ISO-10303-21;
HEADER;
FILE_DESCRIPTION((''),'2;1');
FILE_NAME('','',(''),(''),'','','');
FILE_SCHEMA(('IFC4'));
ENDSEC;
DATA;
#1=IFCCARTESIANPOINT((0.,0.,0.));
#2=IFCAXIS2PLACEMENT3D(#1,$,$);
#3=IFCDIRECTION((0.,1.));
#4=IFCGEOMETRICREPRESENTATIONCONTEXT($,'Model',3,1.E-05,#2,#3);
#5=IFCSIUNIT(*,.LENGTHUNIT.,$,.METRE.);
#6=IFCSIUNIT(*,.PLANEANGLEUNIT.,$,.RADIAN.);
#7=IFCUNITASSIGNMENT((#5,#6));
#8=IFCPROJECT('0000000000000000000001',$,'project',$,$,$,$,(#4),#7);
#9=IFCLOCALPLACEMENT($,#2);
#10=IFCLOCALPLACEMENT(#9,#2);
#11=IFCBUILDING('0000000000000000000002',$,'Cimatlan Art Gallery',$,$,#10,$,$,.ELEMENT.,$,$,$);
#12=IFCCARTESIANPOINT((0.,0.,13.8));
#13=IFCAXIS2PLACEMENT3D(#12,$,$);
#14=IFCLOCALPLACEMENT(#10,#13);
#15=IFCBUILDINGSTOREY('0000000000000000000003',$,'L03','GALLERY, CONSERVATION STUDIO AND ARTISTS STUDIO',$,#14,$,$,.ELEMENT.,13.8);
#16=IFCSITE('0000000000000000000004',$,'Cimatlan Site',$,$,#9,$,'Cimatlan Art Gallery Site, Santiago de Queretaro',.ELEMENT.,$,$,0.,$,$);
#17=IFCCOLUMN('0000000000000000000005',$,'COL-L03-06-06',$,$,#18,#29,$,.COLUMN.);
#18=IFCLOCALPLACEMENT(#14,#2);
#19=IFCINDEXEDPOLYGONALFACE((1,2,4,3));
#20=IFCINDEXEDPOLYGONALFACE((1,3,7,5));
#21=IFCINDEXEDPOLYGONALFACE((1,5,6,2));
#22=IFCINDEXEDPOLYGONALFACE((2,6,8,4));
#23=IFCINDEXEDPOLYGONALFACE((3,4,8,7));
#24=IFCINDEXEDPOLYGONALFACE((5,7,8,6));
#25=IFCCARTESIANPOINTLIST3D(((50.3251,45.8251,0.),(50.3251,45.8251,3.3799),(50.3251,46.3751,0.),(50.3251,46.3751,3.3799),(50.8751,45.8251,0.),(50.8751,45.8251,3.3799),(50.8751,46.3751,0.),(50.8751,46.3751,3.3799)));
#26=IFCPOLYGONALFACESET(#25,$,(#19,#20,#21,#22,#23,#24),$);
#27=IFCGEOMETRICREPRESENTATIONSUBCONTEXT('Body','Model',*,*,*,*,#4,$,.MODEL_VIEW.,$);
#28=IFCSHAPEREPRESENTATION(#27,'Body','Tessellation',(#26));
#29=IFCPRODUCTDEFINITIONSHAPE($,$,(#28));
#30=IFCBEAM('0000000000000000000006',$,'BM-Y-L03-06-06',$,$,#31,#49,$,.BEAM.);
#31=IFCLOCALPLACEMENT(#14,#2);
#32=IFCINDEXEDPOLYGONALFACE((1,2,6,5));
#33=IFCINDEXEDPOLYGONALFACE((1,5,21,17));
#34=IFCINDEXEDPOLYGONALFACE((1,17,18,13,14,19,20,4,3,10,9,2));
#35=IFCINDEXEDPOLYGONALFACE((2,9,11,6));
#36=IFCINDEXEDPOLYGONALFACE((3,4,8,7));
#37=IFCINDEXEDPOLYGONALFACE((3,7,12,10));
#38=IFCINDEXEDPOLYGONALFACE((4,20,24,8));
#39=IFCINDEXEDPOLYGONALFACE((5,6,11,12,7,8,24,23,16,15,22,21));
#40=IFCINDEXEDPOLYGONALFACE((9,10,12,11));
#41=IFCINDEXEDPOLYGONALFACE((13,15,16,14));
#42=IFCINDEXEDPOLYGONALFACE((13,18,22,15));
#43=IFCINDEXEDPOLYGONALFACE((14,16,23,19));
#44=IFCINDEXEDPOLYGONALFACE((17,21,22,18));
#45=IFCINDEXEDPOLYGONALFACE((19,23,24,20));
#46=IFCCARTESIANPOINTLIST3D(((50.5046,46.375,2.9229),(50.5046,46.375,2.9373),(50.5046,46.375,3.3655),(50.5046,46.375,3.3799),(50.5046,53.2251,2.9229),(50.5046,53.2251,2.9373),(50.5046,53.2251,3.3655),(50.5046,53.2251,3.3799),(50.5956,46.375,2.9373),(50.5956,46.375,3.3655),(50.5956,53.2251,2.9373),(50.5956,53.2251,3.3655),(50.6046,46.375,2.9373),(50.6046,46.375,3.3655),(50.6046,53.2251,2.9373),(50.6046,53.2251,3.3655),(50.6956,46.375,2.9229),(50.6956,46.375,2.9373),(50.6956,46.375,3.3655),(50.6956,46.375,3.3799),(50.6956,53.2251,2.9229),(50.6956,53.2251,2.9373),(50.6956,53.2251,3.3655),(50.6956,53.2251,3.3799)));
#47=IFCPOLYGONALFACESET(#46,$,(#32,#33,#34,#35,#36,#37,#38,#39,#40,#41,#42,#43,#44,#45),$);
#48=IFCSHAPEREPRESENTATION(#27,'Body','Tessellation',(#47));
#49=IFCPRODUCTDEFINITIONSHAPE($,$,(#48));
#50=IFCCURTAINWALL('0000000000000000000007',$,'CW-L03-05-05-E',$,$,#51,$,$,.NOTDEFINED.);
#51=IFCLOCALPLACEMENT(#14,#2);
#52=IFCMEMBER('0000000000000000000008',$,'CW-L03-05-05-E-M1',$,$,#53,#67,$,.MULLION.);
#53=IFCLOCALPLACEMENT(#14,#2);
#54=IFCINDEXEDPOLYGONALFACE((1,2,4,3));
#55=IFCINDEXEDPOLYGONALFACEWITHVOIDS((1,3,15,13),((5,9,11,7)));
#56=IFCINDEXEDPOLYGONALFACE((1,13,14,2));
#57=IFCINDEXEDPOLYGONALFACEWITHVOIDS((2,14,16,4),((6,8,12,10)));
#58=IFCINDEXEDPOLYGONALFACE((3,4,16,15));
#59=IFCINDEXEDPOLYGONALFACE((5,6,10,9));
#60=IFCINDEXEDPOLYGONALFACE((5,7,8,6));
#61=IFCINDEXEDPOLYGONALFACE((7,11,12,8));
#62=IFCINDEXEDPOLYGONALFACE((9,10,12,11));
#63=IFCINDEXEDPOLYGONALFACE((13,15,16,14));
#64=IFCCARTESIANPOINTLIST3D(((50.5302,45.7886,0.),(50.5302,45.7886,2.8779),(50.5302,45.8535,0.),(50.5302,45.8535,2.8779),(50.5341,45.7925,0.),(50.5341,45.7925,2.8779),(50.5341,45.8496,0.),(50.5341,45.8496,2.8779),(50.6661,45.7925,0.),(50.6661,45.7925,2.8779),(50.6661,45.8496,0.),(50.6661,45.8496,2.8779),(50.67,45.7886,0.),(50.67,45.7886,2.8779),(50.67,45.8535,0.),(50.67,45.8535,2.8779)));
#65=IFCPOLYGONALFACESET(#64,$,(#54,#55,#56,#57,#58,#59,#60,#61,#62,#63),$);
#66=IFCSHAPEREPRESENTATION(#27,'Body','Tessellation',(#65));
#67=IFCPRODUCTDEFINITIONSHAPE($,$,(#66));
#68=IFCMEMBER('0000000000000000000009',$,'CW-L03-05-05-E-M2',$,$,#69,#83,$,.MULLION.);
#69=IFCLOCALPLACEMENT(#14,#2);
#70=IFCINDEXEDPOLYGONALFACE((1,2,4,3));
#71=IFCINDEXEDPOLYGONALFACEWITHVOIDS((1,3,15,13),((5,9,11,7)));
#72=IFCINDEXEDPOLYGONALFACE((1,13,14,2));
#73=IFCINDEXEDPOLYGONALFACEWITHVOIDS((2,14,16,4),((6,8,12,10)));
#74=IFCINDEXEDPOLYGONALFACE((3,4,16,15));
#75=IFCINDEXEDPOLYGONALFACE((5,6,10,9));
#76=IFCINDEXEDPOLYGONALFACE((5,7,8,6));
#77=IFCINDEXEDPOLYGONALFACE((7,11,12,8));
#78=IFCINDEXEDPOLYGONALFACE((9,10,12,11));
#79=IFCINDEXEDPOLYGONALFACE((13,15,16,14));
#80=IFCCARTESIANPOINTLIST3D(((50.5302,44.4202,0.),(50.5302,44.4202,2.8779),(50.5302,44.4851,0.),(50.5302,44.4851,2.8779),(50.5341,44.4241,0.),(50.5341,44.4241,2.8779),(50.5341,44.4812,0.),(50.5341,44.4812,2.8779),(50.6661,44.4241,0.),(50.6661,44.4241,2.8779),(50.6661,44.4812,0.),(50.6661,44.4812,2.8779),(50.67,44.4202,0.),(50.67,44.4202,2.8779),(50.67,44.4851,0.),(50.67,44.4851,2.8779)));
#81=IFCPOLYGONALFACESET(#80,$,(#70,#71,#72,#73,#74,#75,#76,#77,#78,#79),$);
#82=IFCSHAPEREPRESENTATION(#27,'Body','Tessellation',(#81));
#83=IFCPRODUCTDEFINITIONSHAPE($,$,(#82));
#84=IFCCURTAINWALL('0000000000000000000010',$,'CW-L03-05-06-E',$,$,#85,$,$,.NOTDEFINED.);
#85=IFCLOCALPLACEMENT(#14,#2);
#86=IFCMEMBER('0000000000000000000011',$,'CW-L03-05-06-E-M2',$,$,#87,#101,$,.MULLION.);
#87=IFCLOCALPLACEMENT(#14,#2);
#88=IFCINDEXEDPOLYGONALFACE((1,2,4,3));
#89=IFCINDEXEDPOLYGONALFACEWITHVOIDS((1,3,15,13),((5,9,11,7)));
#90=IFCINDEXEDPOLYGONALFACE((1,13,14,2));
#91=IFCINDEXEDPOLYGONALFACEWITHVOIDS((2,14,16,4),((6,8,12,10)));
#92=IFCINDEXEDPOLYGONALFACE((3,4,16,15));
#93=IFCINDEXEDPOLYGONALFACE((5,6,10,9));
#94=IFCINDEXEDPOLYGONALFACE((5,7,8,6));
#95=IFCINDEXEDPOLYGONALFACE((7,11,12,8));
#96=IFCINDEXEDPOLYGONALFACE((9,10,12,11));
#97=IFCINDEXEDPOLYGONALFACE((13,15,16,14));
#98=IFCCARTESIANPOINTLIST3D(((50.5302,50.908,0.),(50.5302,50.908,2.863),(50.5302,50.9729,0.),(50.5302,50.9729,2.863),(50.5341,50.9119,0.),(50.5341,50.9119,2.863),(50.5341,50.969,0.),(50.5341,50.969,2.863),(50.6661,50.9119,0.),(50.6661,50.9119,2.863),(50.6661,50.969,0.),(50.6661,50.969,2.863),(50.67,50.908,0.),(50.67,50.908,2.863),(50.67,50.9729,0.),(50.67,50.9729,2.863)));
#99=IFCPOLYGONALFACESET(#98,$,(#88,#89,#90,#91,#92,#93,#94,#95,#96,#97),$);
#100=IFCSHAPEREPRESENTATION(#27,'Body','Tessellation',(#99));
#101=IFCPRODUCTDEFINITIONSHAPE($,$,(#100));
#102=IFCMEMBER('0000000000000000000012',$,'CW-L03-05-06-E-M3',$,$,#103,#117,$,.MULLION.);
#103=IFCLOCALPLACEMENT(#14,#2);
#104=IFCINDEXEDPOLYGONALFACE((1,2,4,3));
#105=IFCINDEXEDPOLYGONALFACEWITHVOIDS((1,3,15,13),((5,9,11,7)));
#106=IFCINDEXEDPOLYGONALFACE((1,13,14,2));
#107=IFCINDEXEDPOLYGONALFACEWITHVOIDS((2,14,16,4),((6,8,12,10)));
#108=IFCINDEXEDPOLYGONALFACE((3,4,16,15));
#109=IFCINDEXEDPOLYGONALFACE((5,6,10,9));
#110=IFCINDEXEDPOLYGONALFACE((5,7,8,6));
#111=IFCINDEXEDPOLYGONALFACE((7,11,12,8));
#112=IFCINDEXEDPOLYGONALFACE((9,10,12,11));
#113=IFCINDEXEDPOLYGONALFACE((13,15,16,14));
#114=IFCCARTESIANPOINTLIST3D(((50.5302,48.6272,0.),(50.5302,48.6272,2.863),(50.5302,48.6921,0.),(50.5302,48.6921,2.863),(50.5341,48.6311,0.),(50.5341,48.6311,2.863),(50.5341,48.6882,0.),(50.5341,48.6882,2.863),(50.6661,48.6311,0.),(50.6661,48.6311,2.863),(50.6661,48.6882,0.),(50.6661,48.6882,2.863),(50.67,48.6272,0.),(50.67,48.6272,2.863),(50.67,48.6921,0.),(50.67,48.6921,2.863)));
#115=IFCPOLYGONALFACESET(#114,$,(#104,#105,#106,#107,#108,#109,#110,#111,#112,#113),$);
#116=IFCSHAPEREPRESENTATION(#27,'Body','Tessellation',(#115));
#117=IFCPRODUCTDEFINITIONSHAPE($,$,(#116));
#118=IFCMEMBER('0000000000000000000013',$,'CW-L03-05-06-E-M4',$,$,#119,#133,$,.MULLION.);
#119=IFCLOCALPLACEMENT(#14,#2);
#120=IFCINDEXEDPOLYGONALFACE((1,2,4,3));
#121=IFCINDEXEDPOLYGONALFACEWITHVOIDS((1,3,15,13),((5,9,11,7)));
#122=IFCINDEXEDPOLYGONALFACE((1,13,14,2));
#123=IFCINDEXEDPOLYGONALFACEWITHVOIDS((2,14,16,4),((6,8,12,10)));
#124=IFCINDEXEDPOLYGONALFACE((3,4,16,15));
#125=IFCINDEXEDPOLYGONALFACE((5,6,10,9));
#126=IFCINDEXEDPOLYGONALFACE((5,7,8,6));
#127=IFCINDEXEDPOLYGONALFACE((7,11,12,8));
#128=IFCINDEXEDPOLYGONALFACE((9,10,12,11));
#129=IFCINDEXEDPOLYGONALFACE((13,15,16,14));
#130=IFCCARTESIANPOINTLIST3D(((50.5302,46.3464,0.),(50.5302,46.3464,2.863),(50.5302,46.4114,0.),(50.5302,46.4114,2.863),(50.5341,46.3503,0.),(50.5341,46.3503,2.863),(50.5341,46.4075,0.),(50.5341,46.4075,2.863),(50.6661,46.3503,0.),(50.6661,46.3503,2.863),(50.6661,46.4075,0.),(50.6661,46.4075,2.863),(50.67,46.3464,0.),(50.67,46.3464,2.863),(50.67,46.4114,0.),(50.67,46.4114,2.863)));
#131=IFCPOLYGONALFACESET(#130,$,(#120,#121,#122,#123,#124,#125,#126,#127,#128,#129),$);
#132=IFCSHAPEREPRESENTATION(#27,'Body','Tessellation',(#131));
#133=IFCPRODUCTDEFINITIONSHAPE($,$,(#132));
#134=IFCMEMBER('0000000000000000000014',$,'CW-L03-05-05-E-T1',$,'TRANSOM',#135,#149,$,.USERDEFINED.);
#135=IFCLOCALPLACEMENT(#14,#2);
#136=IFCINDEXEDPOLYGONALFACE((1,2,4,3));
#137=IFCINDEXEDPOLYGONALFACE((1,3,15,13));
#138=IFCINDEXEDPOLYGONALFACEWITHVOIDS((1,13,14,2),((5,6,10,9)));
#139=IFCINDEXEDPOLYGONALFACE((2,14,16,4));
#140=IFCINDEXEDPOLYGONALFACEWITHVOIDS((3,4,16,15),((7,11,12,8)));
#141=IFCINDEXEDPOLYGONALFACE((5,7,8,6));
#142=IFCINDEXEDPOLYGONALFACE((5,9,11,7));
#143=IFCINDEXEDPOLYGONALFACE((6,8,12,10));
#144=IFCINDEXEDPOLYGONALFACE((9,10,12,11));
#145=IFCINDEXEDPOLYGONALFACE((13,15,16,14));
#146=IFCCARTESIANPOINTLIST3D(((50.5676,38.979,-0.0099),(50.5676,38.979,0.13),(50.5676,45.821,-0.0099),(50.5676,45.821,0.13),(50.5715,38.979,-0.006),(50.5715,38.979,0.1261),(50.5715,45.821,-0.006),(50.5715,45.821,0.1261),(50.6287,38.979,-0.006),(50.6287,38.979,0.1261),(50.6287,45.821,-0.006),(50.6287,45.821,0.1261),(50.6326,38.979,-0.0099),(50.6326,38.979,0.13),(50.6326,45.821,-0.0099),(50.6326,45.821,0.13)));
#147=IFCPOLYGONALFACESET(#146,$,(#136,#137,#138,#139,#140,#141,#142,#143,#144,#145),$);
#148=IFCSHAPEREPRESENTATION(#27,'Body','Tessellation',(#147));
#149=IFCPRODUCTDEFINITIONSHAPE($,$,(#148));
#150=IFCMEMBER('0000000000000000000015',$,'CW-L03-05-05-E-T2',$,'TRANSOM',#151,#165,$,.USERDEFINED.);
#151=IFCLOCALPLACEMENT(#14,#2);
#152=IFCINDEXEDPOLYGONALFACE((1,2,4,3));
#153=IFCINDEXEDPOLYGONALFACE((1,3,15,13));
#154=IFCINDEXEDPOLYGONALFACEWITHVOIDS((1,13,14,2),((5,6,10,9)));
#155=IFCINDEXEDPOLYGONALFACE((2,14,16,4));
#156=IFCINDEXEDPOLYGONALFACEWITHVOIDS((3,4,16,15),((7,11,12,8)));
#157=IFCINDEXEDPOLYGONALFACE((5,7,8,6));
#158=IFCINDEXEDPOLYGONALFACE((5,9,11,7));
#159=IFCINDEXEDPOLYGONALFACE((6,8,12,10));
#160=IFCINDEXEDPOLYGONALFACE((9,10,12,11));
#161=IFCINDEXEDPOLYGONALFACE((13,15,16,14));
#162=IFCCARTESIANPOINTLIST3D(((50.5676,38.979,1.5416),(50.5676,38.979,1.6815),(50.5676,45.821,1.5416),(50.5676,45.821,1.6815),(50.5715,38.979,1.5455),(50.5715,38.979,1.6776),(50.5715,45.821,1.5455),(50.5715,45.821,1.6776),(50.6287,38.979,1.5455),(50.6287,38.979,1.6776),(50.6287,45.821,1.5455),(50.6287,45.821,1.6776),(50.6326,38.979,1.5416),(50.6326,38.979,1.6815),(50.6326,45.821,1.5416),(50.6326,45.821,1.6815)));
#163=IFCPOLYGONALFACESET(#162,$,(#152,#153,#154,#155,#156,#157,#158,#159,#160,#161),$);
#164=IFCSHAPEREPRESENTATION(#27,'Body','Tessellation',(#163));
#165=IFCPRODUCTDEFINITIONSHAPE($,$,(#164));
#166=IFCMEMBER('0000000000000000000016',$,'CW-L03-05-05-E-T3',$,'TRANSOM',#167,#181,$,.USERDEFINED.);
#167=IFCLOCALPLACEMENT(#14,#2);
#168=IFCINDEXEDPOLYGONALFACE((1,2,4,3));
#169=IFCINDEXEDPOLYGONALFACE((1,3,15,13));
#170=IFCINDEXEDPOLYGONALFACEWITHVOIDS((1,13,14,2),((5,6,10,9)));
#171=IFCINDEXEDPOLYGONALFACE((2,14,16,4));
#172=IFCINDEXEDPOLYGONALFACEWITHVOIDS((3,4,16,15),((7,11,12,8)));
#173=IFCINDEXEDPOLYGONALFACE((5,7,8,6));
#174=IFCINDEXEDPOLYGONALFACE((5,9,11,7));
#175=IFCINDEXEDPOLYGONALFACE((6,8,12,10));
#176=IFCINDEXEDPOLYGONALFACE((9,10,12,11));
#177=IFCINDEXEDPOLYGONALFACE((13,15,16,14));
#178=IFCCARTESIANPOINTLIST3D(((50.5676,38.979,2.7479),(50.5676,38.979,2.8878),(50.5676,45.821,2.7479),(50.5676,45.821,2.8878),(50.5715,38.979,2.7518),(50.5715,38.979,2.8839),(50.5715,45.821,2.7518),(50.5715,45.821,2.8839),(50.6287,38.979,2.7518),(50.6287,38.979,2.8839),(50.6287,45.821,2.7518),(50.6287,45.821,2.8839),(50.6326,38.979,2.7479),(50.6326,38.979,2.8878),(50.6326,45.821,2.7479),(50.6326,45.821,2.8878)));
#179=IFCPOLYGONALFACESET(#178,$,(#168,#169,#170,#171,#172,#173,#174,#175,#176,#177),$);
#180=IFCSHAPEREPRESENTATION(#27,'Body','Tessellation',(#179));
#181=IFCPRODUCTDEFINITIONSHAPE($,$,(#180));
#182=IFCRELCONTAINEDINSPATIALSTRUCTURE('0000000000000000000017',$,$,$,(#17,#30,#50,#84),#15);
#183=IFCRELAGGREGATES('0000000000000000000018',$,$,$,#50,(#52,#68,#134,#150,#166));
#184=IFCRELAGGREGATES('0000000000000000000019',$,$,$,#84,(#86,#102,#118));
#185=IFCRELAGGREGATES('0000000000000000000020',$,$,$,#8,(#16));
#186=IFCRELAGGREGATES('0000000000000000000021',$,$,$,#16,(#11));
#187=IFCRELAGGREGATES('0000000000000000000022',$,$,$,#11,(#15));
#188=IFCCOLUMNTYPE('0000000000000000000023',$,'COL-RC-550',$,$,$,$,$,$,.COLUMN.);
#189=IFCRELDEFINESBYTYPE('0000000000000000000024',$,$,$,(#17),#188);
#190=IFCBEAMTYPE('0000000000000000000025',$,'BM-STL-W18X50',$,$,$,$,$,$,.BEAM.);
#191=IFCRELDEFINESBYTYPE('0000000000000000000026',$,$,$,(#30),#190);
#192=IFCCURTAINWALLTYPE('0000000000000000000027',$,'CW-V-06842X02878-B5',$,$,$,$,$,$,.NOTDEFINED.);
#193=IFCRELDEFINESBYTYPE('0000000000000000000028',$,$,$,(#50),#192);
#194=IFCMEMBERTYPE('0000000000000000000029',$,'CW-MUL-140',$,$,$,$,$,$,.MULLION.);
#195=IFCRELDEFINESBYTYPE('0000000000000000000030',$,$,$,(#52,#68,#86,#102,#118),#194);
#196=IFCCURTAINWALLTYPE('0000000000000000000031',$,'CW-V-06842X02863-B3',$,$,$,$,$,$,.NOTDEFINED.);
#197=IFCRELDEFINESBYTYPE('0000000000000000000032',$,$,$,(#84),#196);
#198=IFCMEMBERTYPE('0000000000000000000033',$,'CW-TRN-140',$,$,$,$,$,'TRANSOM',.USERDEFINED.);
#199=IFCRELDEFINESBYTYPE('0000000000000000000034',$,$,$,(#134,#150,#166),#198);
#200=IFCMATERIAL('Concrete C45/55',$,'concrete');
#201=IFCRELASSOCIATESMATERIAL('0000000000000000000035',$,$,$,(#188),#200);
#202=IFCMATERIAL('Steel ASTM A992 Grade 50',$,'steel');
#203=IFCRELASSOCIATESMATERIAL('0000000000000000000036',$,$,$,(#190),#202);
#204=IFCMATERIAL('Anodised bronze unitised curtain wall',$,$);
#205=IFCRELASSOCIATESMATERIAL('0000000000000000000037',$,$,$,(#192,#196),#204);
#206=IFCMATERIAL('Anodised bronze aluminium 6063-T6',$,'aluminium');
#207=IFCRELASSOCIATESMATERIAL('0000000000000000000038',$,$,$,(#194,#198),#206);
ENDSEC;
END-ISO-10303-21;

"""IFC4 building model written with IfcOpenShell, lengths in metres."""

from ifc_helpers import new_model, si_unit, direction, frame, origin, origin_2d, place, context, subcontext, project, spatial, rectangle, hollow_rectangle, i_section, extrude, material, material_profile, profile_set, type_object, element, aggregate, save


model = new_model("IFC4")

# Units and contexts
model_context = context("Model", 3, precision=1e-05, world=origin(), true_north=direction((0.0, 1.0)))
body_context = subcontext(model_context, "Body", "Model", "MODEL_VIEW")
ifc_project = project(units=[si_unit("LENGTHUNIT", "METRE"), si_unit("PLANEANGLEUNIT", "RADIAN")], contexts=[model_context])

# Site, building, storey
site_placement = place(None, origin())
site = spatial("IfcSite", under=ifc_project, at=site_placement, Name="Cimatlan Site", LongName="Cimatlan Art Gallery Site, Santiago de Queretaro", CompositionType="ELEMENT", RefElevation=0.0)
building_placement = place(site_placement, origin())
building = spatial("IfcBuilding", under=site, at=building_placement, Name="Cimatlan Art Gallery", CompositionType="ELEMENT")
storey_placement = place(building_placement, frame((0.0, 0.0, 13.8)))
storey = spatial("IfcBuildingStorey", under=building, at=storey_placement, Name="L03", Description="GALLERY, CONSERVATION STUDIO AND ARTISTS STUDIO", CompositionType="ELEMENT", Elevation=13.8)

# Column
ifc_material_1 = material(Name="Concrete C45/55", Category="concrete")
ifc_material_profile_1 = material_profile(ifc_material_1, rectangle(XDim=0.55, YDim=0.55, at=origin_2d()), Name="RC550X550")
ifc_profile_set_1 = profile_set([ifc_material_profile_1], Name="Concrete C45/55")
column_type = type_object("IfcColumnType", Name="COL-RC-550", PredefinedType="COLUMN", material=ifc_profile_set_1)
column_placement = place(storey_placement, frame((50.6001, 46.1001, 0.0), z_axis=(0.0, 0.0, 1.0), x_axis=(1.0, 0.0, 0.0)))
element("IfcColumn", 1, at=column_placement, inside=storey, type_object=column_type, Name="COL-L03-06-06", PredefinedType="COLUMN", context=body_context, shape_type="SweptSolid", body=[
    extrude(rectangle(XDim=0.55, YDim=0.55, at=origin_2d()), origin(), (0.0, 0.0, 1.0), 3.3799),
])

# Beam
ifc_material_2 = material(Name="Steel ASTM A992 Grade 50", Category="steel")
ifc_material_profile_2 = material_profile(ifc_material_2, i_section(OverallWidth=0.1909, OverallDepth=0.457, WebThickness=0.009, FlangeThickness=0.0144, at=origin_2d()), Name="W18X50")
ifc_profile_set_2 = profile_set([ifc_material_profile_2], Name="Steel ASTM A992 Grade 50")
beam_type = type_object("IfcBeamType", Name="BM-STL-W18X50", PredefinedType="BEAM", material=ifc_profile_set_2)
beam_placement = place(storey_placement, frame((50.6001, 46.375, 3.1514), z_axis=(0.0, 1.0, 0.0), x_axis=(-1.0, 0.0, 0.0)))
element("IfcBeam", 2, at=beam_placement, inside=storey, type_object=beam_type, Name="BM-Y-L03-06-06", PredefinedType="BEAM", context=body_context, shape_type="SweptSolid", body=[
    extrude(i_section(OverallWidth=0.1909, OverallDepth=0.457, WebThickness=0.009, FlangeThickness=0.0144, at=origin_2d()), origin(), (0.0, 0.0, 1.0), 6.8501),
])

# Curtain walls, members
ifc_material_3 = material(Name="Anodised bronze unitised curtain wall")
curtain_wall_type_1 = type_object("IfcCurtainWallType", Name="CW-V-06842X02878-B5", PredefinedType="NOTDEFINED", material=ifc_material_3)
curtain_wall_1_placement = place(storey_placement, origin())
curtain_wall_1 = element("IfcCurtainWall", 3, at=curtain_wall_1_placement, inside=storey, type_object=curtain_wall_type_1, Name="CW-L03-05-05-E", PredefinedType="NOTDEFINED")
ifc_material_4 = material(Name="Anodised bronze aluminium 6063-T6", Category="aluminium")
ifc_material_profile_3 = material_profile(ifc_material_4, hollow_rectangle(XDim=0.0649, YDim=0.1399, WallThickness=0.0039, at=origin_2d()), Name="ALU65X140X4")
ifc_profile_set_3 = profile_set([ifc_material_profile_3], Name="Anodised bronze aluminium 6063-T6")
member_type_1 = type_object("IfcMemberType", Name="CW-MUL-140", PredefinedType="MULLION", material=ifc_profile_set_3)
member_1_placement = place(storey_placement, frame((50.6001, 45.821, 0.0), z_axis=(0.0, 0.0, 1.0), x_axis=(0.0, 1.0, 0.0)))
member_1 = element("IfcMember", 4, at=member_1_placement, type_object=member_type_1, Name="CW-L03-05-05-E-M1", PredefinedType="MULLION", context=body_context, shape_type="SweptSolid", body=[
    extrude(hollow_rectangle(XDim=0.0649, YDim=0.1399, WallThickness=0.0039, at=origin_2d()), origin(), (0.0, 0.0, 1.0), 2.8779),
])
member_2_placement = place(storey_placement, frame((50.6001, 44.4526, 0.0), z_axis=(0.0, 0.0, 1.0), x_axis=(0.0, 1.0, 0.0)))
member_2 = element("IfcMember", 5, at=member_2_placement, type_object=member_type_1, Name="CW-L03-05-05-E-M2", PredefinedType="MULLION", context=body_context, shape_type="SweptSolid", body=[
    extrude(hollow_rectangle(XDim=0.0649, YDim=0.1399, WallThickness=0.0039, at=origin_2d()), origin(), (0.0, 0.0, 1.0), 2.8779),
])
curtain_wall_type_2 = type_object("IfcCurtainWallType", Name="CW-V-06842X02863-B3", PredefinedType="NOTDEFINED", material=ifc_material_3)
curtain_wall_2_placement = place(storey_placement, origin())
curtain_wall_2 = element("IfcCurtainWall", 6, at=curtain_wall_2_placement, inside=storey, type_object=curtain_wall_type_2, Name="CW-L03-05-06-E", PredefinedType="NOTDEFINED")
member_3_placement = place(storey_placement, frame((50.6001, 50.9404, 0.0), z_axis=(0.0, 0.0, 1.0), x_axis=(0.0, 1.0, 0.0)))
member_3 = element("IfcMember", 7, at=member_3_placement, type_object=member_type_1, Name="CW-L03-05-06-E-M2", PredefinedType="MULLION", context=body_context, shape_type="SweptSolid", body=[
    extrude(hollow_rectangle(XDim=0.0649, YDim=0.1399, WallThickness=0.0039, at=origin_2d()), origin(), (0.0, 0.0, 1.0), 2.863),
])
member_4_placement = place(storey_placement, frame((50.6001, 48.6597, 0.0), z_axis=(0.0, 0.0, 1.0), x_axis=(0.0, 1.0, 0.0)))
member_4 = element("IfcMember", 8, at=member_4_placement, type_object=member_type_1, Name="CW-L03-05-06-E-M3", PredefinedType="MULLION", context=body_context, shape_type="SweptSolid", body=[
    extrude(hollow_rectangle(XDim=0.0649, YDim=0.1399, WallThickness=0.0039, at=origin_2d()), origin(), (0.0, 0.0, 1.0), 2.863),
])
member_5_placement = place(storey_placement, frame((50.6001, 46.3789, 0.0), z_axis=(0.0, 0.0, 1.0), x_axis=(0.0, 1.0, 0.0)))
member_5 = element("IfcMember", 9, at=member_5_placement, type_object=member_type_1, Name="CW-L03-05-06-E-M4", PredefinedType="MULLION", context=body_context, shape_type="SweptSolid", body=[
    extrude(hollow_rectangle(XDim=0.0649, YDim=0.1399, WallThickness=0.0039, at=origin_2d()), origin(), (0.0, 0.0, 1.0), 2.863),
])

# Members
ifc_material_profile_4 = material_profile(ifc_material_4, hollow_rectangle(XDim=0.0649, YDim=0.1399, WallThickness=0.0039, at=origin_2d()), Name="ALU65X140X4")
ifc_profile_set_4 = profile_set([ifc_material_profile_4], Name="Anodised bronze aluminium 6063-T6")
member_type_2 = type_object("IfcMemberType", Name="CW-TRN-140", ElementType="TRANSOM", PredefinedType="USERDEFINED", material=ifc_profile_set_4)
member_6_placement = place(storey_placement, frame((50.6001, 45.821, 0.0601), z_axis=(0.0, -1.0, 0.0), x_axis=(1.0, 0.0, 0.0)))
member_6 = element("IfcMember", 10, at=member_6_placement, type_object=member_type_2, Name="CW-L03-05-05-E-T1", ObjectType="TRANSOM", PredefinedType="USERDEFINED", context=body_context, shape_type="SweptSolid", body=[
    extrude(hollow_rectangle(XDim=0.0649, YDim=0.1399, WallThickness=0.0039, at=origin_2d()), origin(), (0.0, 0.0, 1.0), 6.842),
])
member_7_placement = place(storey_placement, frame((50.6001, 45.821, 1.6116), z_axis=(0.0, -1.0, 0.0), x_axis=(1.0, 0.0, 0.0)))
member_7 = element("IfcMember", 11, at=member_7_placement, type_object=member_type_2, Name="CW-L03-05-05-E-T2", ObjectType="TRANSOM", PredefinedType="USERDEFINED", context=body_context, shape_type="SweptSolid", body=[
    extrude(hollow_rectangle(XDim=0.0649, YDim=0.1399, WallThickness=0.0039, at=origin_2d()), origin(), (0.0, 0.0, 1.0), 6.842),
])
member_8_placement = place(storey_placement, frame((50.6001, 45.821, 2.8179), z_axis=(0.0, -1.0, 0.0), x_axis=(1.0, 0.0, 0.0)))
member_8 = element("IfcMember", 12, at=member_8_placement, type_object=member_type_2, Name="CW-L03-05-05-E-T3", ObjectType="TRANSOM", PredefinedType="USERDEFINED", context=body_context, shape_type="SweptSolid", body=[
    extrude(hollow_rectangle(XDim=0.0649, YDim=0.1399, WallThickness=0.0039, at=origin_2d()), origin(), (0.0, 0.0, 1.0), 6.842),
])

aggregate(curtain_wall_1, [member_1, member_2, member_6, member_7, member_8])

aggregate(curtain_wall_2, [member_3, member_4, member_5])

save(model, "model.ifc")
